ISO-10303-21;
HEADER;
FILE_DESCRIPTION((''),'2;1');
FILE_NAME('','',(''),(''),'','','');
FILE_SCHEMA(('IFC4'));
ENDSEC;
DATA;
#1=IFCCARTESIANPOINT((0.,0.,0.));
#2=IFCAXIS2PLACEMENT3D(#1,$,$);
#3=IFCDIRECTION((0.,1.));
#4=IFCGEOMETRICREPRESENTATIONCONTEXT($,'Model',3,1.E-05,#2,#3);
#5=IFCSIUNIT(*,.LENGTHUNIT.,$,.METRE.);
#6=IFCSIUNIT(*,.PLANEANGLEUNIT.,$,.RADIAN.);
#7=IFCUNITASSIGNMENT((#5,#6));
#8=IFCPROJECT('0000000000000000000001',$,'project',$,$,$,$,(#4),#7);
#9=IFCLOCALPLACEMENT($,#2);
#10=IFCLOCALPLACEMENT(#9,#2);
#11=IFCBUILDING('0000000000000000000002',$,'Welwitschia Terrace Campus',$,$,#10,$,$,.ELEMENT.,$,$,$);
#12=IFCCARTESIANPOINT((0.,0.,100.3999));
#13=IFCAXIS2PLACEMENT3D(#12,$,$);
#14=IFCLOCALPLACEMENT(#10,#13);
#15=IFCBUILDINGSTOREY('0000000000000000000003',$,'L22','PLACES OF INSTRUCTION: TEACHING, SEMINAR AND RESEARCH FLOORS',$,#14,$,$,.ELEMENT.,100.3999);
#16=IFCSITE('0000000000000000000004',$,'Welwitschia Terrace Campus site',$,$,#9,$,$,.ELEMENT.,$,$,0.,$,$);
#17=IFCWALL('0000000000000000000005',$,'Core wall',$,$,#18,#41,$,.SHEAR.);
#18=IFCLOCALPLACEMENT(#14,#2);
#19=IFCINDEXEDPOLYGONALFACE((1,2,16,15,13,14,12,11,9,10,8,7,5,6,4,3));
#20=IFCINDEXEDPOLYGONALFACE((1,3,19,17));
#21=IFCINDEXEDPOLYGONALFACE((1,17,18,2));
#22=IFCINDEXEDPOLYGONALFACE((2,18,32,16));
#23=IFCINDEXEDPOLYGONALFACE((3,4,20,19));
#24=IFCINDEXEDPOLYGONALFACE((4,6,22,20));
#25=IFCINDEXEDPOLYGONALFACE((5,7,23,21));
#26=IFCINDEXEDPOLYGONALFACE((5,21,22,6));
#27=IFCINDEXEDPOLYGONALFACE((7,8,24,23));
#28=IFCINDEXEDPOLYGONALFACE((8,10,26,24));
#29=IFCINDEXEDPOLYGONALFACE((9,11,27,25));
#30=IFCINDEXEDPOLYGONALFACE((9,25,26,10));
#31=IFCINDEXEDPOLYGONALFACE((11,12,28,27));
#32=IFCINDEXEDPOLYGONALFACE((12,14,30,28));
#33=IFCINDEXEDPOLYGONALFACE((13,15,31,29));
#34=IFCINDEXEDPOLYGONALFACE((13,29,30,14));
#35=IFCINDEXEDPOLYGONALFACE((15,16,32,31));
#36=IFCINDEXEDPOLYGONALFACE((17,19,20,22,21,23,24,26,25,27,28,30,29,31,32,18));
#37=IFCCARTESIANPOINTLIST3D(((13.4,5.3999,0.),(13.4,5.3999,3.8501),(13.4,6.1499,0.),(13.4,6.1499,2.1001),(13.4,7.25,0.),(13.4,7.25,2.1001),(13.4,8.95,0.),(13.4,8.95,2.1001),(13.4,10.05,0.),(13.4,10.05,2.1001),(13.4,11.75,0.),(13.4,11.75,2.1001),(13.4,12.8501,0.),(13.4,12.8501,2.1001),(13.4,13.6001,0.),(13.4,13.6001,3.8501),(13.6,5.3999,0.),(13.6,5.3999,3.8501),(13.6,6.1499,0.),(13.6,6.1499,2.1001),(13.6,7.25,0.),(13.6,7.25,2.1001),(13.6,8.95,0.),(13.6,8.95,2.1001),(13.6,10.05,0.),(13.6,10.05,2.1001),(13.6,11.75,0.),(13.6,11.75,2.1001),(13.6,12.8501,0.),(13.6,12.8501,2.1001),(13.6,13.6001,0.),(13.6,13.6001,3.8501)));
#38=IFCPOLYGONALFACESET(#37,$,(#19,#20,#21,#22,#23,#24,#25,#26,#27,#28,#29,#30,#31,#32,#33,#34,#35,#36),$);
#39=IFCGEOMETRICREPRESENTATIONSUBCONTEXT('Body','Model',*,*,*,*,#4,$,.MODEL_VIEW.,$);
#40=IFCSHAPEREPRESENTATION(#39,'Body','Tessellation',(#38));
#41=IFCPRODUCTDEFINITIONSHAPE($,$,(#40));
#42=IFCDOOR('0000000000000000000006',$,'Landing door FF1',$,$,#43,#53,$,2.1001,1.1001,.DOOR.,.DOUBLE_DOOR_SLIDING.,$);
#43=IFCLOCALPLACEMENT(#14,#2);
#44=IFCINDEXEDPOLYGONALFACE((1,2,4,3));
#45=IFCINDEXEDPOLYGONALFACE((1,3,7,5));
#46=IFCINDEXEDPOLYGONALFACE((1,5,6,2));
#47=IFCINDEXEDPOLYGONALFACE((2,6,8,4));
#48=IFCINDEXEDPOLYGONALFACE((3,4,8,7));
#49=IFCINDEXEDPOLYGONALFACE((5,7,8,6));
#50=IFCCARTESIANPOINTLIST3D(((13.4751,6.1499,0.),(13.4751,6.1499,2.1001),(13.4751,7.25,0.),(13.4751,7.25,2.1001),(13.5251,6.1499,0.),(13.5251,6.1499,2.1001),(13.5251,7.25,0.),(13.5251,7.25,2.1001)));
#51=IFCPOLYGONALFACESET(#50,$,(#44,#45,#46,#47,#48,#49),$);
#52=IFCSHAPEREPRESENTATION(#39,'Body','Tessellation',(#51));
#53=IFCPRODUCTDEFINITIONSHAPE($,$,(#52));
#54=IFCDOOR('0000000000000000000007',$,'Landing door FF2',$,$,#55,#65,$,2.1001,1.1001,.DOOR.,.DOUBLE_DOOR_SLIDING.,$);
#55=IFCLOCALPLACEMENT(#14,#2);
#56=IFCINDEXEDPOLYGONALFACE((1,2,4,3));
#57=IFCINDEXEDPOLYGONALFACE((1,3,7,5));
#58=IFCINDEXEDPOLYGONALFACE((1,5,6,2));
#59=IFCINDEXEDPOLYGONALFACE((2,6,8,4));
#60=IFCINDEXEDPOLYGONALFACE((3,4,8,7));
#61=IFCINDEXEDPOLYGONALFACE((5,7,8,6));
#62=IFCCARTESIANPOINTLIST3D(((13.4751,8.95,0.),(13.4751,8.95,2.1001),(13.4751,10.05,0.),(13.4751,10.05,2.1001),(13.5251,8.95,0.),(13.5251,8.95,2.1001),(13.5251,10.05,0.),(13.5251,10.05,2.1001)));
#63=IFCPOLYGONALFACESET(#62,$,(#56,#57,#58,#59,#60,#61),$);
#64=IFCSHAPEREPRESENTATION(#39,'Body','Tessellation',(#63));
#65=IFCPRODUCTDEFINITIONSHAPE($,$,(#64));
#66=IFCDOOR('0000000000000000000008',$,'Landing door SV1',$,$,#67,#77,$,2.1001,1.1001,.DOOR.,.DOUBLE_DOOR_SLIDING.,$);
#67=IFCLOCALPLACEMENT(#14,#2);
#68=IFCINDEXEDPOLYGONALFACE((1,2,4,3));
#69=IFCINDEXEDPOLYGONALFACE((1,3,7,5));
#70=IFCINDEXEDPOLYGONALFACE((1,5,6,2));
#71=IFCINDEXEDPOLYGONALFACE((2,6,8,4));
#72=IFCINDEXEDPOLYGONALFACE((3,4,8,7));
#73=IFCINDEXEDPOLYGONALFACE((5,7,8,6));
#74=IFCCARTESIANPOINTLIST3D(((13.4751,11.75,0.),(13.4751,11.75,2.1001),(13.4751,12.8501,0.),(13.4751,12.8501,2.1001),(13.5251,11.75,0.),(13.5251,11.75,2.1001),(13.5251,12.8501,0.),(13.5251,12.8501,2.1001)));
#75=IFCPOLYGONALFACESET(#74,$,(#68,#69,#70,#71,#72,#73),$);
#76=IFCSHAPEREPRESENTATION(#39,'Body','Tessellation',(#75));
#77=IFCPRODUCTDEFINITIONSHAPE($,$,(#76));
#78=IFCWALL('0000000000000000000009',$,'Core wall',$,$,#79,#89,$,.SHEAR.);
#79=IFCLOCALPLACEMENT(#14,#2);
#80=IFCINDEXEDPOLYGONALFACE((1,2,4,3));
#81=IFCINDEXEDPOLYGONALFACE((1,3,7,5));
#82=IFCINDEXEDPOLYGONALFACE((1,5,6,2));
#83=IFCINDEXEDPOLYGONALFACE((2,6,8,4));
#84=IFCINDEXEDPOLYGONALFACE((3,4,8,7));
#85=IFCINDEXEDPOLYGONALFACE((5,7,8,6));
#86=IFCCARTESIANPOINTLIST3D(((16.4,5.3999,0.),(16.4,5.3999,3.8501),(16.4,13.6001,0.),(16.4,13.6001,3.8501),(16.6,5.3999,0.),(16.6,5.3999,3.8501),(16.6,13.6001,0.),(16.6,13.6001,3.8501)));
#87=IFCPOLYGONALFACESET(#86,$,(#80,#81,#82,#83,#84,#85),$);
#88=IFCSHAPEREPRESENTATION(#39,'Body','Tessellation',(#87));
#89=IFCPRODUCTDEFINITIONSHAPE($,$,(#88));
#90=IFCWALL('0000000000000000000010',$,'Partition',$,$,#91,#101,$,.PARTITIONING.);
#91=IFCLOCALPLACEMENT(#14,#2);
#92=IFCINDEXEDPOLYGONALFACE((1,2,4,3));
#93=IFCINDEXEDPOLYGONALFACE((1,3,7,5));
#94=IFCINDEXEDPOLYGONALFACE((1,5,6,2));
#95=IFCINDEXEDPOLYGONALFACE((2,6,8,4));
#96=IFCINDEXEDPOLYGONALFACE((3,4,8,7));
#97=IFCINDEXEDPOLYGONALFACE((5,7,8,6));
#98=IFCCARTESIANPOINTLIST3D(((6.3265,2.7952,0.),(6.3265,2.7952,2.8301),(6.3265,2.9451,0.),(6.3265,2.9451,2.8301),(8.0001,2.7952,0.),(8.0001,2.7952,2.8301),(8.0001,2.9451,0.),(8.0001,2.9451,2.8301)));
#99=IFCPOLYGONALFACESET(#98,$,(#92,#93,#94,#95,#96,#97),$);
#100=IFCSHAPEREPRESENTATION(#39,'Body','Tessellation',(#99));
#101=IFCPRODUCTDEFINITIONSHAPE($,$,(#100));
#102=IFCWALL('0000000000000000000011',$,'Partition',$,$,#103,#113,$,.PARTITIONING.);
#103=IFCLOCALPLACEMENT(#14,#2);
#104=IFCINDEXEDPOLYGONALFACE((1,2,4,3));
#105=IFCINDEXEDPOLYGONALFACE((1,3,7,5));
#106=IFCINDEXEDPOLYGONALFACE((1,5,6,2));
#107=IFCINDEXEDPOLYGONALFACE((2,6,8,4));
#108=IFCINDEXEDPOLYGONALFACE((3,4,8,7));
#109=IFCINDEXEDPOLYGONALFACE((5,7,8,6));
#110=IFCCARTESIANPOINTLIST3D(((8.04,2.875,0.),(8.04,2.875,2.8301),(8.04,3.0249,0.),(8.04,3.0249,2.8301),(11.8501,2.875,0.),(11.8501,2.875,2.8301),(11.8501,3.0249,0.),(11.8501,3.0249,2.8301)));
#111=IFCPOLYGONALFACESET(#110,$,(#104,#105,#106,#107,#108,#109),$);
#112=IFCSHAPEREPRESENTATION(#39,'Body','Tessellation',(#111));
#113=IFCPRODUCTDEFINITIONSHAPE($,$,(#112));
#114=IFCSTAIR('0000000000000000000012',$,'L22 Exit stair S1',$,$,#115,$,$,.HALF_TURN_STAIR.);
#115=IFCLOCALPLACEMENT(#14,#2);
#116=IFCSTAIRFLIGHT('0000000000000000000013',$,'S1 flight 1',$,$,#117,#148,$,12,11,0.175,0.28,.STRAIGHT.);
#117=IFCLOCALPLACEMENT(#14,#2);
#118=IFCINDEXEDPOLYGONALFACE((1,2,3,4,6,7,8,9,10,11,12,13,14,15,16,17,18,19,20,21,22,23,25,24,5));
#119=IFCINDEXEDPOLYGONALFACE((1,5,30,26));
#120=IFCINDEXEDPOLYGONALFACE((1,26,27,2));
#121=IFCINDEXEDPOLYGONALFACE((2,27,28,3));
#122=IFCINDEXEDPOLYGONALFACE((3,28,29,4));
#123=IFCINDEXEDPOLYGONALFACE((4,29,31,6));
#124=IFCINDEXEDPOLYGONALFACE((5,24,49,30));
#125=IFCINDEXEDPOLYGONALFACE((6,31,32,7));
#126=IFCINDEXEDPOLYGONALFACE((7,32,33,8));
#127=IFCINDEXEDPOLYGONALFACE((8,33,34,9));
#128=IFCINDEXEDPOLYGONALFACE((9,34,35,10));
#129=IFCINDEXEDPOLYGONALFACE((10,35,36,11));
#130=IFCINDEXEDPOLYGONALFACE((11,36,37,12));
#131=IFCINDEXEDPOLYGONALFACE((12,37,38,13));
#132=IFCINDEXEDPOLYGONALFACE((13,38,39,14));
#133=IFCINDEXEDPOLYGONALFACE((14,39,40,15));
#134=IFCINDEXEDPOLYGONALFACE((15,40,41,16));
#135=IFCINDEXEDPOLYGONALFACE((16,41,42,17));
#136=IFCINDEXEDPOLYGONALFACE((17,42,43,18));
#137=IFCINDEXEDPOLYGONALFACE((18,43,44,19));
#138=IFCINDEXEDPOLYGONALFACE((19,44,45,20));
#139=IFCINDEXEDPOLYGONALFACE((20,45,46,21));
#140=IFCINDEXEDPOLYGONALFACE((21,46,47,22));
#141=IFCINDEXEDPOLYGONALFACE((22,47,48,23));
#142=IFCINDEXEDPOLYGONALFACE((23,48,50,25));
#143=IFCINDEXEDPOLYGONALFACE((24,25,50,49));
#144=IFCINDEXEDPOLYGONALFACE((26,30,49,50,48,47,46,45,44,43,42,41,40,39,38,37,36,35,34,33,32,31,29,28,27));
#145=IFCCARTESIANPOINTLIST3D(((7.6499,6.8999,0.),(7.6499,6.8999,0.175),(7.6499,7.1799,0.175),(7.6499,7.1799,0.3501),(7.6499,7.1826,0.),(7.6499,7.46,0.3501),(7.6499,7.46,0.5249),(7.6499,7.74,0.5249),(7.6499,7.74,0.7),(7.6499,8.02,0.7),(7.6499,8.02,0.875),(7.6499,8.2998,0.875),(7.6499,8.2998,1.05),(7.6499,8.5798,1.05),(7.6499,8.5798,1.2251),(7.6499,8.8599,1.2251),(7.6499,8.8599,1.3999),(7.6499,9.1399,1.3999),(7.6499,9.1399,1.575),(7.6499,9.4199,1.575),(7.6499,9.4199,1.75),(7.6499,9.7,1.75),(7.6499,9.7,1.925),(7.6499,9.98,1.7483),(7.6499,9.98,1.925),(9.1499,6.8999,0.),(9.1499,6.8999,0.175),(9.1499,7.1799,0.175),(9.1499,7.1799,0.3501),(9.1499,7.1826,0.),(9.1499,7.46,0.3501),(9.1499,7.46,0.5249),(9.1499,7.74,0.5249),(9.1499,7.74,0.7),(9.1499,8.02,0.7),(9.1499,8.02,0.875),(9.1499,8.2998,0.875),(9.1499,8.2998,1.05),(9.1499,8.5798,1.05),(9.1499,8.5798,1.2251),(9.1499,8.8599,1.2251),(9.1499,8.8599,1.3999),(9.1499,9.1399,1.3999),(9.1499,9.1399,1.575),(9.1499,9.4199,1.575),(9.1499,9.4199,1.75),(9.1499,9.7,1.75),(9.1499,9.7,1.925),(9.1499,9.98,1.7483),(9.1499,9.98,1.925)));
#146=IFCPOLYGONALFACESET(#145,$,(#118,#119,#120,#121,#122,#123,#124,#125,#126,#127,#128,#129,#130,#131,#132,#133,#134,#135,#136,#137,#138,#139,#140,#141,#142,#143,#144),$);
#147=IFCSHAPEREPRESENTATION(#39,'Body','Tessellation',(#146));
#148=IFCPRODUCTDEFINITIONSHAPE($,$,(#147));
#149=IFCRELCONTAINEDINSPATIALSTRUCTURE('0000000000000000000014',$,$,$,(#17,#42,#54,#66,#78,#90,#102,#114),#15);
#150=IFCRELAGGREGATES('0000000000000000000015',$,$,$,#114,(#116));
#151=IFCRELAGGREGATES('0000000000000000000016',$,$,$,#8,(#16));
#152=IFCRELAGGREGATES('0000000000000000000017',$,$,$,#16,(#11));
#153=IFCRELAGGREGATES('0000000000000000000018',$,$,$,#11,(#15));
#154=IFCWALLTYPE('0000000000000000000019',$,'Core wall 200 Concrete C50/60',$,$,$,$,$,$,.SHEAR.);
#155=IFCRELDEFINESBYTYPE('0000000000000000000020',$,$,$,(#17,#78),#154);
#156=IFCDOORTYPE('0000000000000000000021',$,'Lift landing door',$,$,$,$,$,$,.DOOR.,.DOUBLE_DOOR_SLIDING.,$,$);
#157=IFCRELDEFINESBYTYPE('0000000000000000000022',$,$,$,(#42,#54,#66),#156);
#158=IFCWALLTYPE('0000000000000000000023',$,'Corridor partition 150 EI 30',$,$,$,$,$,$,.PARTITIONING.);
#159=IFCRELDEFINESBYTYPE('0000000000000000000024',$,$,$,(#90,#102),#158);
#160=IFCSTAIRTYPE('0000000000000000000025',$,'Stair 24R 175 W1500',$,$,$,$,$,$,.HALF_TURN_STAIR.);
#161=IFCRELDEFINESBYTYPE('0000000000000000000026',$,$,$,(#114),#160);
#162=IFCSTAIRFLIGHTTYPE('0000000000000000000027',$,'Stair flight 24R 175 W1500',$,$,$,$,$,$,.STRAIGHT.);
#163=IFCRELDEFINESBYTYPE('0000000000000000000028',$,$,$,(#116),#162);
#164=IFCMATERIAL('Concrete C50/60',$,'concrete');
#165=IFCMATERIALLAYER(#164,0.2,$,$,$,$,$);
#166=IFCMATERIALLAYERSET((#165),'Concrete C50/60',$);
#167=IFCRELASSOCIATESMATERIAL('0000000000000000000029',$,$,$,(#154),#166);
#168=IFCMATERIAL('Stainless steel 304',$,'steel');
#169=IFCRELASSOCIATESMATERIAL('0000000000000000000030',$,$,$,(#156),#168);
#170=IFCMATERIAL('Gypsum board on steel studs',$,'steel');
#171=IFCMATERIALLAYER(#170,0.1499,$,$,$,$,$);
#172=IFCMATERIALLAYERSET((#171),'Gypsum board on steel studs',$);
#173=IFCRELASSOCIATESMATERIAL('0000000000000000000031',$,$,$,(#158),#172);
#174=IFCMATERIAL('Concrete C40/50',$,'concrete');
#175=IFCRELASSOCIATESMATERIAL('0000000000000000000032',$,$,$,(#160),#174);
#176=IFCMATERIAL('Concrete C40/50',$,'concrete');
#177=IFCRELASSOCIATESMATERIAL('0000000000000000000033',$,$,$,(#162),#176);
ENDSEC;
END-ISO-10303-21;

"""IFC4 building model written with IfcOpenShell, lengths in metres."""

from ifc_helpers import new_model, si_unit, direction, frame, frame_2d, origin, place, context, subcontext, project, spatial, polyline, rectangle, outline, extrude, material, layer, layer_set, type_object, element, fill, aggregate, save


model = new_model("IFC4")

# Units and contexts
model_context = context("Model", 3, precision=1e-05, world=origin(), true_north=direction((0.0, 1.0)))
body_context = subcontext(model_context, "Body", "Model", "MODEL_VIEW")
ifc_project = project(units=[si_unit("LENGTHUNIT", "METRE"), si_unit("PLANEANGLEUNIT", "RADIAN")], contexts=[model_context])

# Site, building, storey
site_placement = place(None, origin())
site = spatial("IfcSite", under=ifc_project, at=site_placement, Name="Welwitschia Terrace Campus site", CompositionType="ELEMENT", RefElevation=0.0)
building_placement = place(site_placement, origin())
building = spatial("IfcBuilding", under=site, at=building_placement, Name="Welwitschia Terrace Campus", CompositionType="ELEMENT")
storey_placement = place(building_placement, frame((0.0, 0.0, 100.3999)))
storey = spatial("IfcBuildingStorey", under=building, at=storey_placement, Name="L22", Description="PLACES OF INSTRUCTION: TEACHING, SEMINAR AND RESEARCH FLOORS", CompositionType="ELEMENT", Elevation=100.3999)

# Shared definitions
ifc_material_1 = material(Name="Concrete C50/60", Category="concrete")
ifc_layer_1 = layer(ifc_material_1, 0.2)
ifc_layer_set_1 = layer_set([ifc_layer_1], Name="Concrete C50/60")
wall_type_1 = type_object("IfcWallType", Name="Core wall 200 Concrete C50/60", PredefinedType="SHEAR", material=ifc_layer_set_1)

# Wall, openings, doors
wall_1_placement = place(storey_placement, frame((13.5, 5.3999, 0.0), z_axis=(0.0, 0.0, 1.0), x_axis=(0.0, 1.0, 0.0)))
wall_1 = element("IfcWall", 1, at=wall_1_placement, inside=storey, type_object=wall_type_1, Name="Core wall", PredefinedType="SHEAR", context=body_context, shape_type="SweptSolid", body=[
    extrude(rectangle(XDim=8.2002, YDim=0.2, at=frame_2d((4.1001, 0.0))), origin(), (0.0, 0.0, 1.0), 3.8501),
])
opening_1_placement = place(wall_1_placement, frame((0.75, 0.0, 0.0)))
opening_1 = element("IfcOpeningElement", 2, at=opening_1_placement, cuts=wall_1, PredefinedType="OPENING", context=body_context, shape_type="SweptSolid", body=[
    extrude(rectangle(XDim=1.1001, YDim=2.1001, at=frame_2d((0.55, 1.05))), frame((0.0, 0.1099, 0.0), z_axis=(0.0, -1.0, 0.0), x_axis=(1.0, 0.0, 0.0)), (0.0, 0.0, 1.0), 0.22),
])
opening_2_placement = place(wall_1_placement, frame((3.55, 0.0, 0.0)))
opening_2 = element("IfcOpeningElement", 3, at=opening_2_placement, cuts=wall_1, PredefinedType="OPENING", context=body_context, shape_type="SweptSolid", body=[
    extrude(rectangle(XDim=1.1001, YDim=2.1001, at=frame_2d((0.55, 1.05))), frame((0.0, 0.1099, 0.0), z_axis=(0.0, -1.0, 0.0), x_axis=(1.0, 0.0, 0.0)), (0.0, 0.0, 1.0), 0.22),
])
opening_3_placement = place(wall_1_placement, frame((6.3501, 0.0, 0.0)))
opening_3 = element("IfcOpeningElement", 4, at=opening_3_placement, cuts=wall_1, PredefinedType="OPENING", context=body_context, shape_type="SweptSolid", body=[
    extrude(rectangle(XDim=1.1001, YDim=2.1001, at=frame_2d((0.55, 1.05))), frame((0.0, 0.1099, 0.0), z_axis=(0.0, -1.0, 0.0), x_axis=(1.0, 0.0, 0.0)), (0.0, 0.0, 1.0), 0.22),
])
ifc_material_2 = material(Name="Stainless steel 304", Category="steel")
door_type = type_object("IfcDoorType", Name="Lift landing door", OperationType="DOUBLE_DOOR_SLIDING", PredefinedType="DOOR", material=ifc_material_2)
door_1_placement = place(opening_1_placement, origin())
door_1 = element("IfcDoor", 5, at=door_1_placement, inside=storey, type_object=door_type, Name="Landing door FF1", OperationType="DOUBLE_DOOR_SLIDING", OverallHeight=2.1001, OverallWidth=1.1001, PredefinedType="DOOR", context=body_context, shape_type="SweptSolid", body=[
    extrude(rectangle(XDim=1.1001, YDim=2.1001, at=frame_2d((0.55, 1.05))), frame((0.0, 0.0249, 0.0), z_axis=(0.0, -1.0, 0.0), x_axis=(1.0, 0.0, 0.0)), (0.0, 0.0, 1.0), 0.05),
])
fill(opening_1, door_1)
door_2_placement = place(opening_2_placement, origin())
door_2 = element("IfcDoor", 6, at=door_2_placement, inside=storey, type_object=door_type, Name="Landing door FF2", OperationType="DOUBLE_DOOR_SLIDING", OverallHeight=2.1001, OverallWidth=1.1001, PredefinedType="DOOR", context=body_context, shape_type="SweptSolid", body=[
    extrude(rectangle(XDim=1.1001, YDim=2.1001, at=frame_2d((0.55, 1.05))), frame((0.0, 0.0249, 0.0), z_axis=(0.0, -1.0, 0.0), x_axis=(1.0, 0.0, 0.0)), (0.0, 0.0, 1.0), 0.05),
])
fill(opening_2, door_2)
door_3_placement = place(opening_3_placement, origin())
door_3 = element("IfcDoor", 7, at=door_3_placement, inside=storey, type_object=door_type, Name="Landing door SV1", OperationType="DOUBLE_DOOR_SLIDING", OverallHeight=2.1001, OverallWidth=1.1001, PredefinedType="DOOR", context=body_context, shape_type="SweptSolid", body=[
    extrude(rectangle(XDim=1.1001, YDim=2.1001, at=frame_2d((0.55, 1.05))), frame((0.0, 0.0249, 0.0), z_axis=(0.0, -1.0, 0.0), x_axis=(1.0, 0.0, 0.0)), (0.0, 0.0, 1.0), 0.05),
])
fill(opening_3, door_3)

# Walls
wall_2_placement = place(storey_placement, frame((16.5, 5.3999, 0.0), z_axis=(0.0, 0.0, 1.0), x_axis=(0.0, 1.0, 0.0)))
element("IfcWall", 8, at=wall_2_placement, inside=storey, type_object=wall_type_1, Name="Core wall", PredefinedType="SHEAR", context=body_context, shape_type="SweptSolid", body=[
    extrude(rectangle(XDim=8.2002, YDim=0.2, at=frame_2d((4.1001, 0.0))), origin(), (0.0, 0.0, 1.0), 3.8501),
])
ifc_material_3 = material(Name="Gypsum board on steel studs", Category="steel")
ifc_layer_2 = layer(ifc_material_3, 0.1499)
ifc_layer_set_2 = layer_set([ifc_layer_2], Name="Gypsum board on steel studs")
wall_type_2 = type_object("IfcWallType", Name="Corridor partition 150 EI 30", PredefinedType="PARTITIONING", material=ifc_layer_set_2)
wall_3_placement = place(storey_placement, frame((6.3264, 2.8701, 0.0), z_axis=(0.0, 0.0, 1.0), x_axis=(1.0, 0.0, 0.0)))
element("IfcWall", 9, at=wall_3_placement, inside=storey, type_object=wall_type_2, Name="Partition", PredefinedType="PARTITIONING", context=body_context, shape_type="SweptSolid", body=[
    extrude(rectangle(XDim=1.6736, YDim=0.1499, at=frame_2d((0.8369, 0.0))), origin(), (0.0, 0.0, 1.0), 2.8301),
])
wall_4_placement = place(storey_placement, frame((8.04, 2.95, 0.0), z_axis=(0.0, 0.0, 1.0), x_axis=(1.0, 0.0, 0.0)))
element("IfcWall", 10, at=wall_4_placement, inside=storey, type_object=wall_type_2, Name="Partition", PredefinedType="PARTITIONING", context=body_context, shape_type="SweptSolid", body=[
    extrude(rectangle(XDim=3.8101, YDim=0.1499, at=frame_2d((1.905, 0.0))), origin(), (0.0, 0.0, 1.0), 2.8301),
])

# Stair, stair flight
ifc_material_4 = material(Name="Concrete C40/50", Category="concrete")
stair_type = type_object("IfcStairType", Name="Stair 24R 175 W1500", PredefinedType="HALF_TURN_STAIR", material=ifc_material_4)
stair_placement = place(storey_placement, origin())
stair = element("IfcStair", 11, at=stair_placement, inside=storey, type_object=stair_type, Name="L22 Exit stair S1", PredefinedType="HALF_TURN_STAIR")
ifc_material_5 = material(Name="Concrete C40/50", Category="concrete")
stair_flight_type = type_object("IfcStairFlightType", Name="Stair flight 24R 175 W1500", PredefinedType="STRAIGHT", material=ifc_material_5)
stair_flight_1_placement = place(storey_placement, frame((8.3999, 6.8999, 0.0), z_axis=(0.0, 0.0, 1.0), x_axis=(0.0, 1.0, 0.0)))
stair_flight_1 = element("IfcStairFlight", 12, at=stair_flight_1_placement, type_object=stair_flight_type, Name="S1 flight 1", NumberOfRisers=12, NumberOfTreads=11, PredefinedType="STRAIGHT", RiserHeight=0.175, TreadLength=0.28, context=body_context, shape_type="SweptSolid", body=[
    extrude(outline(polyline([(0.0, 0.0), (0.0, 0.175), (0.28, 0.175), (0.28, 0.3501), (0.5601, 0.3501), (0.5601, 0.5249), (0.8401, 0.5249), (0.8401, 0.7), (1.1201, 0.7), (1.1201, 0.875), (1.3999, 0.875), (1.3999, 1.05), (1.6799, 1.05), (1.6799, 1.2251), (1.96, 1.2251), (1.96, 1.3999), (2.24, 1.3999), (2.24, 1.575), (2.52, 1.575), (2.52, 1.75), (2.8, 1.75), (2.8, 1.925), (3.0801, 1.925), (3.0801, 2.1001), (3.0801, 1.7483), (0.2827, 0.0), (0.0, 0.0)])), frame((0.0, 0.75, 0.0), z_axis=(0.0, -1.0, 0.0), x_axis=(1.0, 0.0, 0.0)), (0.0, 0.0, 1.0), 1.5),
])
aggregate(stair, [stair_flight_1])

save(model, "model.ifc")
